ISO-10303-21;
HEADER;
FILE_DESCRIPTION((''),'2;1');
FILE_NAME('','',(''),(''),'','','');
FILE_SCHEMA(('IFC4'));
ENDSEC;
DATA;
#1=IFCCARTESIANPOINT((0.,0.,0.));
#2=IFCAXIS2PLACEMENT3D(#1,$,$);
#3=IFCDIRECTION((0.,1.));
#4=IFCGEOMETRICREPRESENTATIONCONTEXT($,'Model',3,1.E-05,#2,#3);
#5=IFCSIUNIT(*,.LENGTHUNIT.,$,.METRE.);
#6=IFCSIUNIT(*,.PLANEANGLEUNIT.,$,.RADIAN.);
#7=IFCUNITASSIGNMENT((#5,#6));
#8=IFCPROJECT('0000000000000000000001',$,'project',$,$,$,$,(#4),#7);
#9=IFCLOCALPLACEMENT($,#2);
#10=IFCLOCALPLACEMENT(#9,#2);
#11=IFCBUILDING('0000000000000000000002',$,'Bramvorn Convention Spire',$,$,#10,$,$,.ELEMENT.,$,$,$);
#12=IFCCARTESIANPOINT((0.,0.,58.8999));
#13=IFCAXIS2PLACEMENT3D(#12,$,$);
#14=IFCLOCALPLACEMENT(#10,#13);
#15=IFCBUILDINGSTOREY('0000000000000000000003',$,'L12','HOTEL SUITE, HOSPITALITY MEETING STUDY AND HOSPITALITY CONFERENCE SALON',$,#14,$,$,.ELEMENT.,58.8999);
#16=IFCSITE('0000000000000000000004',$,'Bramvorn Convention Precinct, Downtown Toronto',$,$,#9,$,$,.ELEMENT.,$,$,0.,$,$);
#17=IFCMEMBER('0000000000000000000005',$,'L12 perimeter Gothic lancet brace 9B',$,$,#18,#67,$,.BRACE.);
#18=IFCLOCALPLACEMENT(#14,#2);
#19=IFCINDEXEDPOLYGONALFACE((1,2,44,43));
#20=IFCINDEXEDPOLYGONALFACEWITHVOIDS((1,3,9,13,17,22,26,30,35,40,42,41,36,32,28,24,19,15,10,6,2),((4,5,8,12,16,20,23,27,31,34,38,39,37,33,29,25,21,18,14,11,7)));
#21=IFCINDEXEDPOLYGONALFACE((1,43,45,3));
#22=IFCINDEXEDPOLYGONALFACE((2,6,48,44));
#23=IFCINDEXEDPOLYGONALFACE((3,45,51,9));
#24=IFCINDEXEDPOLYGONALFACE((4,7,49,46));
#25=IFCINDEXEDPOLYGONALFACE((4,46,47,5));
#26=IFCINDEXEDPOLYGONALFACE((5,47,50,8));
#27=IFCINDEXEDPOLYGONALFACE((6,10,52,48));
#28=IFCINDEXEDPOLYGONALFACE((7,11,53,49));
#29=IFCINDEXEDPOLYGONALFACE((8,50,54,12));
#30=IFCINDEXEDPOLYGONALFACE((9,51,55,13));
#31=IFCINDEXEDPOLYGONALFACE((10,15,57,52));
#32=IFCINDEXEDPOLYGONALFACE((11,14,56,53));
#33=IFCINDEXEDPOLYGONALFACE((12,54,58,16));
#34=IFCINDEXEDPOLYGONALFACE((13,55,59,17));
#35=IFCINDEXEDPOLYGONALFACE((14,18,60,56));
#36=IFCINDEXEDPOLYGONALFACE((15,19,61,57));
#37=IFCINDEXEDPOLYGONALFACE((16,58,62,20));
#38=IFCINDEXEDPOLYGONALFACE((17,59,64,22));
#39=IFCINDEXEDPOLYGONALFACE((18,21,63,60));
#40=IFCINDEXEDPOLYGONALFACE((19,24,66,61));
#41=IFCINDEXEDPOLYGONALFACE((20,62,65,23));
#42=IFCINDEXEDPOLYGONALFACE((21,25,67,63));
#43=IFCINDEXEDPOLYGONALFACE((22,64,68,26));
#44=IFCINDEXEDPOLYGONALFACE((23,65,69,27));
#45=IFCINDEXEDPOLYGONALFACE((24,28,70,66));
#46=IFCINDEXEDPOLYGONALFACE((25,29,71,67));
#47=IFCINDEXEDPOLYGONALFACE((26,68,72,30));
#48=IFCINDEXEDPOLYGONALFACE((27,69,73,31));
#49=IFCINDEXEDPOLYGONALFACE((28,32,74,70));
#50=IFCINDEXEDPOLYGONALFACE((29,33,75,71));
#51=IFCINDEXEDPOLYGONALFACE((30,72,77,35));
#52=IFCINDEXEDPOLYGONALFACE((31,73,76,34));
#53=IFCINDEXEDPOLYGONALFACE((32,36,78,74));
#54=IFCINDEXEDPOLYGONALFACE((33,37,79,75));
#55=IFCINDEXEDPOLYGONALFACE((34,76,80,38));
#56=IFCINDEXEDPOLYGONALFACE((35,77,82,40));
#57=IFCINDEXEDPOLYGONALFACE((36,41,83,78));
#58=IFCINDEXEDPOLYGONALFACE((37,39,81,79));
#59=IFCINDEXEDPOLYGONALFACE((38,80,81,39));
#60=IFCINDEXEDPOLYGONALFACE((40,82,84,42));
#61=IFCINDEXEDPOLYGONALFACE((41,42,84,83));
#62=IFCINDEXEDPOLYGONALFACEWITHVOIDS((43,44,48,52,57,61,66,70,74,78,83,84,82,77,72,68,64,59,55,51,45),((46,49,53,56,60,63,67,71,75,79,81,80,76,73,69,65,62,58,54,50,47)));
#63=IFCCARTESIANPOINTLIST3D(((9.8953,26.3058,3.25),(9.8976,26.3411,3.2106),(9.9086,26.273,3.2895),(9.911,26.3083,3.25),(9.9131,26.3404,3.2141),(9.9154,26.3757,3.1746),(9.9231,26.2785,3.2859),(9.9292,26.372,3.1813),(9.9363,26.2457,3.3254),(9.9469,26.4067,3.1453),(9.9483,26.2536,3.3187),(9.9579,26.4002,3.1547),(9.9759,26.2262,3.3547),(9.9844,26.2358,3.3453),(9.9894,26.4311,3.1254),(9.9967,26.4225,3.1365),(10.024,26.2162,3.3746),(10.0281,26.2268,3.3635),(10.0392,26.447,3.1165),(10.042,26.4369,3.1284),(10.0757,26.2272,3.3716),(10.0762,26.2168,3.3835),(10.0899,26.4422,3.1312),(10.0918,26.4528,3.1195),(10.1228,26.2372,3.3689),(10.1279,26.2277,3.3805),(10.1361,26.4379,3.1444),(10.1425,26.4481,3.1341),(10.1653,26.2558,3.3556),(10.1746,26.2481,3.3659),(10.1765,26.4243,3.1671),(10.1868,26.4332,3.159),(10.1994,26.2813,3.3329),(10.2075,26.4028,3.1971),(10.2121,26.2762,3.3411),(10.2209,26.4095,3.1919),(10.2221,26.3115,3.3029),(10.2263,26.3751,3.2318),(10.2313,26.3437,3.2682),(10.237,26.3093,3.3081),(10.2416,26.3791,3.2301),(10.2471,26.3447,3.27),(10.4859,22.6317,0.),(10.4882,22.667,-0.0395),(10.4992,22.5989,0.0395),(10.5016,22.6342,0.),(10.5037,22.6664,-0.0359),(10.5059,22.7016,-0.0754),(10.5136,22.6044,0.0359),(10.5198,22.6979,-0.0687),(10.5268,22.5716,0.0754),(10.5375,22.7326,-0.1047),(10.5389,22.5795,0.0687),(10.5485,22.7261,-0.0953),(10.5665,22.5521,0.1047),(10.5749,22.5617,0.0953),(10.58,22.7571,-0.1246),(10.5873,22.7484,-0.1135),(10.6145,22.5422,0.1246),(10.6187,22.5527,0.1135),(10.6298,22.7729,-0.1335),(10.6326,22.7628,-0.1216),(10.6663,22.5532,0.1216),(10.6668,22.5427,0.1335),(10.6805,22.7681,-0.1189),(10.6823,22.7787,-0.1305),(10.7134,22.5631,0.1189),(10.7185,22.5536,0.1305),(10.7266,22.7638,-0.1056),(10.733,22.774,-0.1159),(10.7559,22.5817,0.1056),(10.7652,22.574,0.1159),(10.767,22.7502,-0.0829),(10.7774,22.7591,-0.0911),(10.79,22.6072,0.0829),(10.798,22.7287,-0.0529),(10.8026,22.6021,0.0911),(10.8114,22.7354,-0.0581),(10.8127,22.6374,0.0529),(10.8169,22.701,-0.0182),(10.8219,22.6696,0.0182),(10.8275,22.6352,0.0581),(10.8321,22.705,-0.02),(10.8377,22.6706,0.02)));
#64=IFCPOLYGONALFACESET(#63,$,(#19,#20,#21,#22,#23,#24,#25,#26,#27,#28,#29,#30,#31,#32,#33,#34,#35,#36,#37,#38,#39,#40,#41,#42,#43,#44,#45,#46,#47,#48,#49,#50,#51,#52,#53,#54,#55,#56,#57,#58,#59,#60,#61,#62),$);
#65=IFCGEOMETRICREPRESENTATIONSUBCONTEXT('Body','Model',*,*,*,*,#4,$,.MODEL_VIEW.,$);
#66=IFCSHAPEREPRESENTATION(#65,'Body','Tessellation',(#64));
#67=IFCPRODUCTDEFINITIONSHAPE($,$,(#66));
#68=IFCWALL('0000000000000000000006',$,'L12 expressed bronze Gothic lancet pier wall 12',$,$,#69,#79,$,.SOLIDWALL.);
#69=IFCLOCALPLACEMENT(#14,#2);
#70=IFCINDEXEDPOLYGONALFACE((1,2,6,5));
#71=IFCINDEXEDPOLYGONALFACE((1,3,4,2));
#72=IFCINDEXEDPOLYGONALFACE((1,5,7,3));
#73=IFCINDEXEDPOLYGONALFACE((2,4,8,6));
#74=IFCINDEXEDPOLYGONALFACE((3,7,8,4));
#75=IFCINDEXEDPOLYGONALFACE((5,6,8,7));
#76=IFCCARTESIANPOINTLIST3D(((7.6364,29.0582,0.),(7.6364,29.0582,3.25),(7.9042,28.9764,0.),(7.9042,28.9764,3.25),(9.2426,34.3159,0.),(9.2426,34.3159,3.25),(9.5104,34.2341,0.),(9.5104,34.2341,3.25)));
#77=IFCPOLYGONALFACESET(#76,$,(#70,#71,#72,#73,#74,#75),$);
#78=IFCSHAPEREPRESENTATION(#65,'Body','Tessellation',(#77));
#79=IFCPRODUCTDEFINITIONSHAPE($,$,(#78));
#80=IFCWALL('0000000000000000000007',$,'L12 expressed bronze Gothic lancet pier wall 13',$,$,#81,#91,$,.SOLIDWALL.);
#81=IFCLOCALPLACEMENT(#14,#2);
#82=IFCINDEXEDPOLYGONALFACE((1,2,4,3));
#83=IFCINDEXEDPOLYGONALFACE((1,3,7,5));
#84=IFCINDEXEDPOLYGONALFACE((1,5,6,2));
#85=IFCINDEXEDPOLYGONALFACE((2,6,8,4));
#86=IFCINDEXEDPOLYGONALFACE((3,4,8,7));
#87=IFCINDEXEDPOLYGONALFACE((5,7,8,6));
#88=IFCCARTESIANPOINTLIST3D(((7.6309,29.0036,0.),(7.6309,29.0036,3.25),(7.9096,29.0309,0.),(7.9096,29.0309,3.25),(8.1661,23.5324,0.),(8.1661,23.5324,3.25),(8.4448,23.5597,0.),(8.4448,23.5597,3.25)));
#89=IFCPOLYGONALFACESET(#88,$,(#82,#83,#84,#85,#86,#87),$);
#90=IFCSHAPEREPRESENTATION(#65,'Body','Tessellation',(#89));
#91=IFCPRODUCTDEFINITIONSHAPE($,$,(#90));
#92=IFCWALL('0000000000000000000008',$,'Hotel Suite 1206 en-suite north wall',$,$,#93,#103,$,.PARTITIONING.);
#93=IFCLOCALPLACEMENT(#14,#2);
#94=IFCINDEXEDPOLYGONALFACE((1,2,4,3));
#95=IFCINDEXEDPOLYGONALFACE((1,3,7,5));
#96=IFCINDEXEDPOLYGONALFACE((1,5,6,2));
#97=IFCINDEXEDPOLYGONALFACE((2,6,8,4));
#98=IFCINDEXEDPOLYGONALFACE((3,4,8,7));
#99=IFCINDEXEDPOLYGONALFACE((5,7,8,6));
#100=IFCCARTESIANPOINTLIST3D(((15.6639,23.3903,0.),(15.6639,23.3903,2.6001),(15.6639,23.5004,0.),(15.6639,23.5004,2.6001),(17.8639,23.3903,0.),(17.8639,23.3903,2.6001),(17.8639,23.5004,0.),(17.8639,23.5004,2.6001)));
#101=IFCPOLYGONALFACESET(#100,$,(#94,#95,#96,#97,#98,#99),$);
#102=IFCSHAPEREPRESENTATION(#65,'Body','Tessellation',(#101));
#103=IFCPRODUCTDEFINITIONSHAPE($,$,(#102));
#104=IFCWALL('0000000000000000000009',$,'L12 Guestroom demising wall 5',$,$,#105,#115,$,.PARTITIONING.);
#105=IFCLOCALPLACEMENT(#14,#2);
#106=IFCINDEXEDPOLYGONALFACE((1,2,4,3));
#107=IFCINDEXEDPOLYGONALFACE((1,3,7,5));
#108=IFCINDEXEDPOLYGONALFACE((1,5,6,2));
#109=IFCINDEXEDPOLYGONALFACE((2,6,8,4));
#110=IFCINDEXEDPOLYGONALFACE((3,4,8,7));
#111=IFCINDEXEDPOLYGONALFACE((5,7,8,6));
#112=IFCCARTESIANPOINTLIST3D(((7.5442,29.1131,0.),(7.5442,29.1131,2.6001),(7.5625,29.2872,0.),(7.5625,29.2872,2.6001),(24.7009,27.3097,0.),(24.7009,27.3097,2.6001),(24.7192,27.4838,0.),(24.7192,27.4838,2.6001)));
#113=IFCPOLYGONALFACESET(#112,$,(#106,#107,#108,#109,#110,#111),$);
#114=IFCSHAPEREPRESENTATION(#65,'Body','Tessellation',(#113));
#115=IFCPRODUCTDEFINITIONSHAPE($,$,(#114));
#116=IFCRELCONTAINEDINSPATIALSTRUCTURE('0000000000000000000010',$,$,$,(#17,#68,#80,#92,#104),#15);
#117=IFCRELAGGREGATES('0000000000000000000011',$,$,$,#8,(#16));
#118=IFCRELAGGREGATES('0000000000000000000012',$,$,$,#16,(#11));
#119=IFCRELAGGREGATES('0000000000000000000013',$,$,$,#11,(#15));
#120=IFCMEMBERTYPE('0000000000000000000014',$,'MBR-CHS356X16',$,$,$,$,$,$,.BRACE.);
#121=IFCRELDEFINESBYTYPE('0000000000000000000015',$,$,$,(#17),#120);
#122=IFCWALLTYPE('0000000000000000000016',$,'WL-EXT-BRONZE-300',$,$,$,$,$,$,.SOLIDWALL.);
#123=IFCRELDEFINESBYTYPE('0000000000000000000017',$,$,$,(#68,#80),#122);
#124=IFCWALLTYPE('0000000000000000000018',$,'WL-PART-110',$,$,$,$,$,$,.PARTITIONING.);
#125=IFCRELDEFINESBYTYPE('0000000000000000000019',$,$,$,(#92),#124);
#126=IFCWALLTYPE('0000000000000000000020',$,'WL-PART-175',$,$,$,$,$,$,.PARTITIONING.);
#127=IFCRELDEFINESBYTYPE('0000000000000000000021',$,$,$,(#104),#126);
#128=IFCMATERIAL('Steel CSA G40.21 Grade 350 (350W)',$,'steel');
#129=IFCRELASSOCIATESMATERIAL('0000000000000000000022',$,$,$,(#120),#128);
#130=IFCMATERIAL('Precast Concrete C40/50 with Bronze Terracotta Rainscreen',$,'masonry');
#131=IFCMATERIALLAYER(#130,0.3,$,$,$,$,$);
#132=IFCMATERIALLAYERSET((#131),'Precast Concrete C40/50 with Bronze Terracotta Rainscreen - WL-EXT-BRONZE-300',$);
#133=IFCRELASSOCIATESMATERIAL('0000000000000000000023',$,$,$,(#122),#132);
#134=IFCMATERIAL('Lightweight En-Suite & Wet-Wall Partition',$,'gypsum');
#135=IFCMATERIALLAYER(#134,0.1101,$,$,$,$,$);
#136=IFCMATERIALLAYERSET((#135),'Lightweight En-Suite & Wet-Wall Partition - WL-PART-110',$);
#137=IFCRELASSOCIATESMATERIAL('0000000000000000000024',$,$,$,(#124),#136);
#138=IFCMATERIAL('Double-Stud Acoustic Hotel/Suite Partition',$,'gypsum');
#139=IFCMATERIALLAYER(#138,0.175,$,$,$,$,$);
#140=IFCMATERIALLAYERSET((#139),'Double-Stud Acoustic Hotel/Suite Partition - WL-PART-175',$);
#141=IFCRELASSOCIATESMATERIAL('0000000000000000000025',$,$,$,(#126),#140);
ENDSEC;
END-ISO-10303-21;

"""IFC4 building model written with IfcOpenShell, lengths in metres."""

from ifc_helpers import new_model, si_unit, direction, frame, frame_2d, origin, origin_2d, place, context, subcontext, project, spatial, rectangle, hollow_circle, extrude, material, layer, layer_set, material_profile, profile_set, type_object, element, save


model = new_model("IFC4")

# Units and contexts
model_context = context("Model", 3, precision=1e-05, world=origin(), true_north=direction((0.0, 1.0)))
body_context = subcontext(model_context, "Body", "Model", "MODEL_VIEW")
ifc_project = project(units=[si_unit("LENGTHUNIT", "METRE"), si_unit("PLANEANGLEUNIT", "RADIAN")], contexts=[model_context])

# Site, building, storey
site_placement = place(None, origin())
site = spatial("IfcSite", under=ifc_project, at=site_placement, Name="Bramvorn Convention Precinct, Downtown Toronto", CompositionType="ELEMENT", RefElevation=0.0)
building_placement = place(site_placement, origin())
building = spatial("IfcBuilding", under=site, at=building_placement, Name="Bramvorn Convention Spire", CompositionType="ELEMENT")
storey_placement = place(building_placement, frame((0.0, 0.0, 58.8999)))
storey = spatial("IfcBuildingStorey", under=building, at=storey_placement, Name="L12", Description="HOTEL SUITE, HOSPITALITY MEETING STUDY AND HOSPITALITY CONFERENCE SALON", CompositionType="ELEMENT", Elevation=58.8999)

# Shared definitions
ifc_material_1 = material(Name="Steel CSA G40.21 Grade 350 (350W)", Category="steel")

# Member
ifc_material_profile_1 = material_profile(ifc_material_1, hollow_circle(Radius=0.1777, WallThickness=0.0159, at=origin_2d()))
ifc_profile_set_1 = profile_set([ifc_material_profile_1], Name="Steel CSA G40.21 Grade 350 (350W) - CHS356X16")
member_type = type_object("IfcMemberType", Name="MBR-CHS356X16", PredefinedType="BRACE", material=ifc_profile_set_1)
member_1_placement = place(storey_placement, frame((10.6614, 22.6599, 0.0), z_axis=(-0.119534, 0.74364, 0.657807), x_axis=(-0.987326, -0.158704, 0.0)))
element("IfcMember", 1, at=member_1_placement, inside=storey, type_object=member_type, Name="L12 perimeter Gothic lancet brace 9B", PredefinedType="BRACE", context=body_context, shape_type="SweptSolid", body=[
    extrude(hollow_circle(Radius=0.1777, WallThickness=0.0159, at=origin_2d()), origin(), (0.0, 0.0, 1.0), 4.9407),
])

# Walls
ifc_material_2 = material(Name="Precast Concrete C40/50 with Bronze Terracotta Rainscreen", Category="masonry")
ifc_layer_1 = layer(ifc_material_2, 0.3)
ifc_layer_set_1 = layer_set([ifc_layer_1], Name="Precast Concrete C40/50 with Bronze Terracotta Rainscreen - WL-EXT-BRONZE-300")
wall_type_1 = type_object("IfcWallType", Name="WL-EXT-BRONZE-300", PredefinedType="SOLIDWALL", material=ifc_layer_set_1)
wall_1_placement = place(storey_placement, frame((7.7703, 29.0173, 0.0), z_axis=(0.0, 0.0, 1.0), x_axis=(0.292172, 0.956366, 0.0)))
element("IfcWall", 2, at=wall_1_placement, inside=storey, type_object=wall_type_1, Name="L12 expressed bronze Gothic lancet pier wall 12", PredefinedType="SOLIDWALL", context=body_context, shape_type="SweptSolid", body=[
    extrude(rectangle(XDim=5.4976, YDim=0.28, at=frame_2d((2.7488, 0.0))), origin(), (0.0, 0.0, 1.0), 3.25),
])
wall_2_placement = place(storey_placement, frame((8.3054, 23.5461, 0.0), z_axis=(0.0, 0.0, 1.0), x_axis=(-0.097349, 0.99525, 0.0)))
element("IfcWall", 3, at=wall_2_placement, inside=storey, type_object=wall_type_1, Name="L12 expressed bronze Gothic lancet pier wall 13", PredefinedType="SOLIDWALL", context=body_context, shape_type="SweptSolid", body=[
    extrude(rectangle(XDim=5.4973, YDim=0.28, at=frame_2d((2.7485, 0.0))), origin(), (0.0, 0.0, 1.0), 3.25),
])
ifc_material_3 = material(Name="Lightweight En-Suite & Wet-Wall Partition", Category="gypsum")
ifc_layer_2 = layer(ifc_material_3, 0.1101)
ifc_layer_set_2 = layer_set([ifc_layer_2], Name="Lightweight En-Suite & Wet-Wall Partition - WL-PART-110")
wall_type_2 = type_object("IfcWallType", Name="WL-PART-110", PredefinedType="PARTITIONING", material=ifc_layer_set_2)
wall_3_placement = place(storey_placement, frame((15.6638, 23.4453, 0.0), z_axis=(0.0, 0.0, 1.0), x_axis=(1.0, 0.0, 0.0)))
element("IfcWall", 4, at=wall_3_placement, inside=storey, type_object=wall_type_2, Name="Hotel Suite 1206 en-suite north wall", PredefinedType="PARTITIONING", context=body_context, shape_type="SweptSolid", body=[
    extrude(rectangle(XDim=2.2, YDim=0.1101, at=frame_2d((1.1001, 0.0))), origin(), (0.0, 0.0, 1.0), 2.6001),
])
ifc_material_4 = material(Name="Double-Stud Acoustic Hotel/Suite Partition", Category="gypsum")
ifc_layer_3 = layer(ifc_material_4, 0.175)
ifc_layer_set_3 = layer_set([ifc_layer_3], Name="Double-Stud Acoustic Hotel/Suite Partition - WL-PART-175")
wall_type_3 = type_object("IfcWallType", Name="WL-PART-175", PredefinedType="PARTITIONING", material=ifc_layer_set_3)
wall_4_placement = place(storey_placement, frame((24.71, 27.3967, 0.0), z_axis=(0.0, 0.0, 1.0), x_axis=(-0.994521, 0.104541, 0.0)))
element("IfcWall", 5, at=wall_4_placement, inside=storey, type_object=wall_type_3, Name="L12 Guestroom demising wall 5", PredefinedType="PARTITIONING", context=body_context, shape_type="SweptSolid", body=[
    extrude(rectangle(XDim=17.2512, YDim=0.175, at=frame_2d((8.6255, 0.0))), origin(), (0.0, 0.0, 1.0), 2.6001),
])

save(model, "model.ifc")
